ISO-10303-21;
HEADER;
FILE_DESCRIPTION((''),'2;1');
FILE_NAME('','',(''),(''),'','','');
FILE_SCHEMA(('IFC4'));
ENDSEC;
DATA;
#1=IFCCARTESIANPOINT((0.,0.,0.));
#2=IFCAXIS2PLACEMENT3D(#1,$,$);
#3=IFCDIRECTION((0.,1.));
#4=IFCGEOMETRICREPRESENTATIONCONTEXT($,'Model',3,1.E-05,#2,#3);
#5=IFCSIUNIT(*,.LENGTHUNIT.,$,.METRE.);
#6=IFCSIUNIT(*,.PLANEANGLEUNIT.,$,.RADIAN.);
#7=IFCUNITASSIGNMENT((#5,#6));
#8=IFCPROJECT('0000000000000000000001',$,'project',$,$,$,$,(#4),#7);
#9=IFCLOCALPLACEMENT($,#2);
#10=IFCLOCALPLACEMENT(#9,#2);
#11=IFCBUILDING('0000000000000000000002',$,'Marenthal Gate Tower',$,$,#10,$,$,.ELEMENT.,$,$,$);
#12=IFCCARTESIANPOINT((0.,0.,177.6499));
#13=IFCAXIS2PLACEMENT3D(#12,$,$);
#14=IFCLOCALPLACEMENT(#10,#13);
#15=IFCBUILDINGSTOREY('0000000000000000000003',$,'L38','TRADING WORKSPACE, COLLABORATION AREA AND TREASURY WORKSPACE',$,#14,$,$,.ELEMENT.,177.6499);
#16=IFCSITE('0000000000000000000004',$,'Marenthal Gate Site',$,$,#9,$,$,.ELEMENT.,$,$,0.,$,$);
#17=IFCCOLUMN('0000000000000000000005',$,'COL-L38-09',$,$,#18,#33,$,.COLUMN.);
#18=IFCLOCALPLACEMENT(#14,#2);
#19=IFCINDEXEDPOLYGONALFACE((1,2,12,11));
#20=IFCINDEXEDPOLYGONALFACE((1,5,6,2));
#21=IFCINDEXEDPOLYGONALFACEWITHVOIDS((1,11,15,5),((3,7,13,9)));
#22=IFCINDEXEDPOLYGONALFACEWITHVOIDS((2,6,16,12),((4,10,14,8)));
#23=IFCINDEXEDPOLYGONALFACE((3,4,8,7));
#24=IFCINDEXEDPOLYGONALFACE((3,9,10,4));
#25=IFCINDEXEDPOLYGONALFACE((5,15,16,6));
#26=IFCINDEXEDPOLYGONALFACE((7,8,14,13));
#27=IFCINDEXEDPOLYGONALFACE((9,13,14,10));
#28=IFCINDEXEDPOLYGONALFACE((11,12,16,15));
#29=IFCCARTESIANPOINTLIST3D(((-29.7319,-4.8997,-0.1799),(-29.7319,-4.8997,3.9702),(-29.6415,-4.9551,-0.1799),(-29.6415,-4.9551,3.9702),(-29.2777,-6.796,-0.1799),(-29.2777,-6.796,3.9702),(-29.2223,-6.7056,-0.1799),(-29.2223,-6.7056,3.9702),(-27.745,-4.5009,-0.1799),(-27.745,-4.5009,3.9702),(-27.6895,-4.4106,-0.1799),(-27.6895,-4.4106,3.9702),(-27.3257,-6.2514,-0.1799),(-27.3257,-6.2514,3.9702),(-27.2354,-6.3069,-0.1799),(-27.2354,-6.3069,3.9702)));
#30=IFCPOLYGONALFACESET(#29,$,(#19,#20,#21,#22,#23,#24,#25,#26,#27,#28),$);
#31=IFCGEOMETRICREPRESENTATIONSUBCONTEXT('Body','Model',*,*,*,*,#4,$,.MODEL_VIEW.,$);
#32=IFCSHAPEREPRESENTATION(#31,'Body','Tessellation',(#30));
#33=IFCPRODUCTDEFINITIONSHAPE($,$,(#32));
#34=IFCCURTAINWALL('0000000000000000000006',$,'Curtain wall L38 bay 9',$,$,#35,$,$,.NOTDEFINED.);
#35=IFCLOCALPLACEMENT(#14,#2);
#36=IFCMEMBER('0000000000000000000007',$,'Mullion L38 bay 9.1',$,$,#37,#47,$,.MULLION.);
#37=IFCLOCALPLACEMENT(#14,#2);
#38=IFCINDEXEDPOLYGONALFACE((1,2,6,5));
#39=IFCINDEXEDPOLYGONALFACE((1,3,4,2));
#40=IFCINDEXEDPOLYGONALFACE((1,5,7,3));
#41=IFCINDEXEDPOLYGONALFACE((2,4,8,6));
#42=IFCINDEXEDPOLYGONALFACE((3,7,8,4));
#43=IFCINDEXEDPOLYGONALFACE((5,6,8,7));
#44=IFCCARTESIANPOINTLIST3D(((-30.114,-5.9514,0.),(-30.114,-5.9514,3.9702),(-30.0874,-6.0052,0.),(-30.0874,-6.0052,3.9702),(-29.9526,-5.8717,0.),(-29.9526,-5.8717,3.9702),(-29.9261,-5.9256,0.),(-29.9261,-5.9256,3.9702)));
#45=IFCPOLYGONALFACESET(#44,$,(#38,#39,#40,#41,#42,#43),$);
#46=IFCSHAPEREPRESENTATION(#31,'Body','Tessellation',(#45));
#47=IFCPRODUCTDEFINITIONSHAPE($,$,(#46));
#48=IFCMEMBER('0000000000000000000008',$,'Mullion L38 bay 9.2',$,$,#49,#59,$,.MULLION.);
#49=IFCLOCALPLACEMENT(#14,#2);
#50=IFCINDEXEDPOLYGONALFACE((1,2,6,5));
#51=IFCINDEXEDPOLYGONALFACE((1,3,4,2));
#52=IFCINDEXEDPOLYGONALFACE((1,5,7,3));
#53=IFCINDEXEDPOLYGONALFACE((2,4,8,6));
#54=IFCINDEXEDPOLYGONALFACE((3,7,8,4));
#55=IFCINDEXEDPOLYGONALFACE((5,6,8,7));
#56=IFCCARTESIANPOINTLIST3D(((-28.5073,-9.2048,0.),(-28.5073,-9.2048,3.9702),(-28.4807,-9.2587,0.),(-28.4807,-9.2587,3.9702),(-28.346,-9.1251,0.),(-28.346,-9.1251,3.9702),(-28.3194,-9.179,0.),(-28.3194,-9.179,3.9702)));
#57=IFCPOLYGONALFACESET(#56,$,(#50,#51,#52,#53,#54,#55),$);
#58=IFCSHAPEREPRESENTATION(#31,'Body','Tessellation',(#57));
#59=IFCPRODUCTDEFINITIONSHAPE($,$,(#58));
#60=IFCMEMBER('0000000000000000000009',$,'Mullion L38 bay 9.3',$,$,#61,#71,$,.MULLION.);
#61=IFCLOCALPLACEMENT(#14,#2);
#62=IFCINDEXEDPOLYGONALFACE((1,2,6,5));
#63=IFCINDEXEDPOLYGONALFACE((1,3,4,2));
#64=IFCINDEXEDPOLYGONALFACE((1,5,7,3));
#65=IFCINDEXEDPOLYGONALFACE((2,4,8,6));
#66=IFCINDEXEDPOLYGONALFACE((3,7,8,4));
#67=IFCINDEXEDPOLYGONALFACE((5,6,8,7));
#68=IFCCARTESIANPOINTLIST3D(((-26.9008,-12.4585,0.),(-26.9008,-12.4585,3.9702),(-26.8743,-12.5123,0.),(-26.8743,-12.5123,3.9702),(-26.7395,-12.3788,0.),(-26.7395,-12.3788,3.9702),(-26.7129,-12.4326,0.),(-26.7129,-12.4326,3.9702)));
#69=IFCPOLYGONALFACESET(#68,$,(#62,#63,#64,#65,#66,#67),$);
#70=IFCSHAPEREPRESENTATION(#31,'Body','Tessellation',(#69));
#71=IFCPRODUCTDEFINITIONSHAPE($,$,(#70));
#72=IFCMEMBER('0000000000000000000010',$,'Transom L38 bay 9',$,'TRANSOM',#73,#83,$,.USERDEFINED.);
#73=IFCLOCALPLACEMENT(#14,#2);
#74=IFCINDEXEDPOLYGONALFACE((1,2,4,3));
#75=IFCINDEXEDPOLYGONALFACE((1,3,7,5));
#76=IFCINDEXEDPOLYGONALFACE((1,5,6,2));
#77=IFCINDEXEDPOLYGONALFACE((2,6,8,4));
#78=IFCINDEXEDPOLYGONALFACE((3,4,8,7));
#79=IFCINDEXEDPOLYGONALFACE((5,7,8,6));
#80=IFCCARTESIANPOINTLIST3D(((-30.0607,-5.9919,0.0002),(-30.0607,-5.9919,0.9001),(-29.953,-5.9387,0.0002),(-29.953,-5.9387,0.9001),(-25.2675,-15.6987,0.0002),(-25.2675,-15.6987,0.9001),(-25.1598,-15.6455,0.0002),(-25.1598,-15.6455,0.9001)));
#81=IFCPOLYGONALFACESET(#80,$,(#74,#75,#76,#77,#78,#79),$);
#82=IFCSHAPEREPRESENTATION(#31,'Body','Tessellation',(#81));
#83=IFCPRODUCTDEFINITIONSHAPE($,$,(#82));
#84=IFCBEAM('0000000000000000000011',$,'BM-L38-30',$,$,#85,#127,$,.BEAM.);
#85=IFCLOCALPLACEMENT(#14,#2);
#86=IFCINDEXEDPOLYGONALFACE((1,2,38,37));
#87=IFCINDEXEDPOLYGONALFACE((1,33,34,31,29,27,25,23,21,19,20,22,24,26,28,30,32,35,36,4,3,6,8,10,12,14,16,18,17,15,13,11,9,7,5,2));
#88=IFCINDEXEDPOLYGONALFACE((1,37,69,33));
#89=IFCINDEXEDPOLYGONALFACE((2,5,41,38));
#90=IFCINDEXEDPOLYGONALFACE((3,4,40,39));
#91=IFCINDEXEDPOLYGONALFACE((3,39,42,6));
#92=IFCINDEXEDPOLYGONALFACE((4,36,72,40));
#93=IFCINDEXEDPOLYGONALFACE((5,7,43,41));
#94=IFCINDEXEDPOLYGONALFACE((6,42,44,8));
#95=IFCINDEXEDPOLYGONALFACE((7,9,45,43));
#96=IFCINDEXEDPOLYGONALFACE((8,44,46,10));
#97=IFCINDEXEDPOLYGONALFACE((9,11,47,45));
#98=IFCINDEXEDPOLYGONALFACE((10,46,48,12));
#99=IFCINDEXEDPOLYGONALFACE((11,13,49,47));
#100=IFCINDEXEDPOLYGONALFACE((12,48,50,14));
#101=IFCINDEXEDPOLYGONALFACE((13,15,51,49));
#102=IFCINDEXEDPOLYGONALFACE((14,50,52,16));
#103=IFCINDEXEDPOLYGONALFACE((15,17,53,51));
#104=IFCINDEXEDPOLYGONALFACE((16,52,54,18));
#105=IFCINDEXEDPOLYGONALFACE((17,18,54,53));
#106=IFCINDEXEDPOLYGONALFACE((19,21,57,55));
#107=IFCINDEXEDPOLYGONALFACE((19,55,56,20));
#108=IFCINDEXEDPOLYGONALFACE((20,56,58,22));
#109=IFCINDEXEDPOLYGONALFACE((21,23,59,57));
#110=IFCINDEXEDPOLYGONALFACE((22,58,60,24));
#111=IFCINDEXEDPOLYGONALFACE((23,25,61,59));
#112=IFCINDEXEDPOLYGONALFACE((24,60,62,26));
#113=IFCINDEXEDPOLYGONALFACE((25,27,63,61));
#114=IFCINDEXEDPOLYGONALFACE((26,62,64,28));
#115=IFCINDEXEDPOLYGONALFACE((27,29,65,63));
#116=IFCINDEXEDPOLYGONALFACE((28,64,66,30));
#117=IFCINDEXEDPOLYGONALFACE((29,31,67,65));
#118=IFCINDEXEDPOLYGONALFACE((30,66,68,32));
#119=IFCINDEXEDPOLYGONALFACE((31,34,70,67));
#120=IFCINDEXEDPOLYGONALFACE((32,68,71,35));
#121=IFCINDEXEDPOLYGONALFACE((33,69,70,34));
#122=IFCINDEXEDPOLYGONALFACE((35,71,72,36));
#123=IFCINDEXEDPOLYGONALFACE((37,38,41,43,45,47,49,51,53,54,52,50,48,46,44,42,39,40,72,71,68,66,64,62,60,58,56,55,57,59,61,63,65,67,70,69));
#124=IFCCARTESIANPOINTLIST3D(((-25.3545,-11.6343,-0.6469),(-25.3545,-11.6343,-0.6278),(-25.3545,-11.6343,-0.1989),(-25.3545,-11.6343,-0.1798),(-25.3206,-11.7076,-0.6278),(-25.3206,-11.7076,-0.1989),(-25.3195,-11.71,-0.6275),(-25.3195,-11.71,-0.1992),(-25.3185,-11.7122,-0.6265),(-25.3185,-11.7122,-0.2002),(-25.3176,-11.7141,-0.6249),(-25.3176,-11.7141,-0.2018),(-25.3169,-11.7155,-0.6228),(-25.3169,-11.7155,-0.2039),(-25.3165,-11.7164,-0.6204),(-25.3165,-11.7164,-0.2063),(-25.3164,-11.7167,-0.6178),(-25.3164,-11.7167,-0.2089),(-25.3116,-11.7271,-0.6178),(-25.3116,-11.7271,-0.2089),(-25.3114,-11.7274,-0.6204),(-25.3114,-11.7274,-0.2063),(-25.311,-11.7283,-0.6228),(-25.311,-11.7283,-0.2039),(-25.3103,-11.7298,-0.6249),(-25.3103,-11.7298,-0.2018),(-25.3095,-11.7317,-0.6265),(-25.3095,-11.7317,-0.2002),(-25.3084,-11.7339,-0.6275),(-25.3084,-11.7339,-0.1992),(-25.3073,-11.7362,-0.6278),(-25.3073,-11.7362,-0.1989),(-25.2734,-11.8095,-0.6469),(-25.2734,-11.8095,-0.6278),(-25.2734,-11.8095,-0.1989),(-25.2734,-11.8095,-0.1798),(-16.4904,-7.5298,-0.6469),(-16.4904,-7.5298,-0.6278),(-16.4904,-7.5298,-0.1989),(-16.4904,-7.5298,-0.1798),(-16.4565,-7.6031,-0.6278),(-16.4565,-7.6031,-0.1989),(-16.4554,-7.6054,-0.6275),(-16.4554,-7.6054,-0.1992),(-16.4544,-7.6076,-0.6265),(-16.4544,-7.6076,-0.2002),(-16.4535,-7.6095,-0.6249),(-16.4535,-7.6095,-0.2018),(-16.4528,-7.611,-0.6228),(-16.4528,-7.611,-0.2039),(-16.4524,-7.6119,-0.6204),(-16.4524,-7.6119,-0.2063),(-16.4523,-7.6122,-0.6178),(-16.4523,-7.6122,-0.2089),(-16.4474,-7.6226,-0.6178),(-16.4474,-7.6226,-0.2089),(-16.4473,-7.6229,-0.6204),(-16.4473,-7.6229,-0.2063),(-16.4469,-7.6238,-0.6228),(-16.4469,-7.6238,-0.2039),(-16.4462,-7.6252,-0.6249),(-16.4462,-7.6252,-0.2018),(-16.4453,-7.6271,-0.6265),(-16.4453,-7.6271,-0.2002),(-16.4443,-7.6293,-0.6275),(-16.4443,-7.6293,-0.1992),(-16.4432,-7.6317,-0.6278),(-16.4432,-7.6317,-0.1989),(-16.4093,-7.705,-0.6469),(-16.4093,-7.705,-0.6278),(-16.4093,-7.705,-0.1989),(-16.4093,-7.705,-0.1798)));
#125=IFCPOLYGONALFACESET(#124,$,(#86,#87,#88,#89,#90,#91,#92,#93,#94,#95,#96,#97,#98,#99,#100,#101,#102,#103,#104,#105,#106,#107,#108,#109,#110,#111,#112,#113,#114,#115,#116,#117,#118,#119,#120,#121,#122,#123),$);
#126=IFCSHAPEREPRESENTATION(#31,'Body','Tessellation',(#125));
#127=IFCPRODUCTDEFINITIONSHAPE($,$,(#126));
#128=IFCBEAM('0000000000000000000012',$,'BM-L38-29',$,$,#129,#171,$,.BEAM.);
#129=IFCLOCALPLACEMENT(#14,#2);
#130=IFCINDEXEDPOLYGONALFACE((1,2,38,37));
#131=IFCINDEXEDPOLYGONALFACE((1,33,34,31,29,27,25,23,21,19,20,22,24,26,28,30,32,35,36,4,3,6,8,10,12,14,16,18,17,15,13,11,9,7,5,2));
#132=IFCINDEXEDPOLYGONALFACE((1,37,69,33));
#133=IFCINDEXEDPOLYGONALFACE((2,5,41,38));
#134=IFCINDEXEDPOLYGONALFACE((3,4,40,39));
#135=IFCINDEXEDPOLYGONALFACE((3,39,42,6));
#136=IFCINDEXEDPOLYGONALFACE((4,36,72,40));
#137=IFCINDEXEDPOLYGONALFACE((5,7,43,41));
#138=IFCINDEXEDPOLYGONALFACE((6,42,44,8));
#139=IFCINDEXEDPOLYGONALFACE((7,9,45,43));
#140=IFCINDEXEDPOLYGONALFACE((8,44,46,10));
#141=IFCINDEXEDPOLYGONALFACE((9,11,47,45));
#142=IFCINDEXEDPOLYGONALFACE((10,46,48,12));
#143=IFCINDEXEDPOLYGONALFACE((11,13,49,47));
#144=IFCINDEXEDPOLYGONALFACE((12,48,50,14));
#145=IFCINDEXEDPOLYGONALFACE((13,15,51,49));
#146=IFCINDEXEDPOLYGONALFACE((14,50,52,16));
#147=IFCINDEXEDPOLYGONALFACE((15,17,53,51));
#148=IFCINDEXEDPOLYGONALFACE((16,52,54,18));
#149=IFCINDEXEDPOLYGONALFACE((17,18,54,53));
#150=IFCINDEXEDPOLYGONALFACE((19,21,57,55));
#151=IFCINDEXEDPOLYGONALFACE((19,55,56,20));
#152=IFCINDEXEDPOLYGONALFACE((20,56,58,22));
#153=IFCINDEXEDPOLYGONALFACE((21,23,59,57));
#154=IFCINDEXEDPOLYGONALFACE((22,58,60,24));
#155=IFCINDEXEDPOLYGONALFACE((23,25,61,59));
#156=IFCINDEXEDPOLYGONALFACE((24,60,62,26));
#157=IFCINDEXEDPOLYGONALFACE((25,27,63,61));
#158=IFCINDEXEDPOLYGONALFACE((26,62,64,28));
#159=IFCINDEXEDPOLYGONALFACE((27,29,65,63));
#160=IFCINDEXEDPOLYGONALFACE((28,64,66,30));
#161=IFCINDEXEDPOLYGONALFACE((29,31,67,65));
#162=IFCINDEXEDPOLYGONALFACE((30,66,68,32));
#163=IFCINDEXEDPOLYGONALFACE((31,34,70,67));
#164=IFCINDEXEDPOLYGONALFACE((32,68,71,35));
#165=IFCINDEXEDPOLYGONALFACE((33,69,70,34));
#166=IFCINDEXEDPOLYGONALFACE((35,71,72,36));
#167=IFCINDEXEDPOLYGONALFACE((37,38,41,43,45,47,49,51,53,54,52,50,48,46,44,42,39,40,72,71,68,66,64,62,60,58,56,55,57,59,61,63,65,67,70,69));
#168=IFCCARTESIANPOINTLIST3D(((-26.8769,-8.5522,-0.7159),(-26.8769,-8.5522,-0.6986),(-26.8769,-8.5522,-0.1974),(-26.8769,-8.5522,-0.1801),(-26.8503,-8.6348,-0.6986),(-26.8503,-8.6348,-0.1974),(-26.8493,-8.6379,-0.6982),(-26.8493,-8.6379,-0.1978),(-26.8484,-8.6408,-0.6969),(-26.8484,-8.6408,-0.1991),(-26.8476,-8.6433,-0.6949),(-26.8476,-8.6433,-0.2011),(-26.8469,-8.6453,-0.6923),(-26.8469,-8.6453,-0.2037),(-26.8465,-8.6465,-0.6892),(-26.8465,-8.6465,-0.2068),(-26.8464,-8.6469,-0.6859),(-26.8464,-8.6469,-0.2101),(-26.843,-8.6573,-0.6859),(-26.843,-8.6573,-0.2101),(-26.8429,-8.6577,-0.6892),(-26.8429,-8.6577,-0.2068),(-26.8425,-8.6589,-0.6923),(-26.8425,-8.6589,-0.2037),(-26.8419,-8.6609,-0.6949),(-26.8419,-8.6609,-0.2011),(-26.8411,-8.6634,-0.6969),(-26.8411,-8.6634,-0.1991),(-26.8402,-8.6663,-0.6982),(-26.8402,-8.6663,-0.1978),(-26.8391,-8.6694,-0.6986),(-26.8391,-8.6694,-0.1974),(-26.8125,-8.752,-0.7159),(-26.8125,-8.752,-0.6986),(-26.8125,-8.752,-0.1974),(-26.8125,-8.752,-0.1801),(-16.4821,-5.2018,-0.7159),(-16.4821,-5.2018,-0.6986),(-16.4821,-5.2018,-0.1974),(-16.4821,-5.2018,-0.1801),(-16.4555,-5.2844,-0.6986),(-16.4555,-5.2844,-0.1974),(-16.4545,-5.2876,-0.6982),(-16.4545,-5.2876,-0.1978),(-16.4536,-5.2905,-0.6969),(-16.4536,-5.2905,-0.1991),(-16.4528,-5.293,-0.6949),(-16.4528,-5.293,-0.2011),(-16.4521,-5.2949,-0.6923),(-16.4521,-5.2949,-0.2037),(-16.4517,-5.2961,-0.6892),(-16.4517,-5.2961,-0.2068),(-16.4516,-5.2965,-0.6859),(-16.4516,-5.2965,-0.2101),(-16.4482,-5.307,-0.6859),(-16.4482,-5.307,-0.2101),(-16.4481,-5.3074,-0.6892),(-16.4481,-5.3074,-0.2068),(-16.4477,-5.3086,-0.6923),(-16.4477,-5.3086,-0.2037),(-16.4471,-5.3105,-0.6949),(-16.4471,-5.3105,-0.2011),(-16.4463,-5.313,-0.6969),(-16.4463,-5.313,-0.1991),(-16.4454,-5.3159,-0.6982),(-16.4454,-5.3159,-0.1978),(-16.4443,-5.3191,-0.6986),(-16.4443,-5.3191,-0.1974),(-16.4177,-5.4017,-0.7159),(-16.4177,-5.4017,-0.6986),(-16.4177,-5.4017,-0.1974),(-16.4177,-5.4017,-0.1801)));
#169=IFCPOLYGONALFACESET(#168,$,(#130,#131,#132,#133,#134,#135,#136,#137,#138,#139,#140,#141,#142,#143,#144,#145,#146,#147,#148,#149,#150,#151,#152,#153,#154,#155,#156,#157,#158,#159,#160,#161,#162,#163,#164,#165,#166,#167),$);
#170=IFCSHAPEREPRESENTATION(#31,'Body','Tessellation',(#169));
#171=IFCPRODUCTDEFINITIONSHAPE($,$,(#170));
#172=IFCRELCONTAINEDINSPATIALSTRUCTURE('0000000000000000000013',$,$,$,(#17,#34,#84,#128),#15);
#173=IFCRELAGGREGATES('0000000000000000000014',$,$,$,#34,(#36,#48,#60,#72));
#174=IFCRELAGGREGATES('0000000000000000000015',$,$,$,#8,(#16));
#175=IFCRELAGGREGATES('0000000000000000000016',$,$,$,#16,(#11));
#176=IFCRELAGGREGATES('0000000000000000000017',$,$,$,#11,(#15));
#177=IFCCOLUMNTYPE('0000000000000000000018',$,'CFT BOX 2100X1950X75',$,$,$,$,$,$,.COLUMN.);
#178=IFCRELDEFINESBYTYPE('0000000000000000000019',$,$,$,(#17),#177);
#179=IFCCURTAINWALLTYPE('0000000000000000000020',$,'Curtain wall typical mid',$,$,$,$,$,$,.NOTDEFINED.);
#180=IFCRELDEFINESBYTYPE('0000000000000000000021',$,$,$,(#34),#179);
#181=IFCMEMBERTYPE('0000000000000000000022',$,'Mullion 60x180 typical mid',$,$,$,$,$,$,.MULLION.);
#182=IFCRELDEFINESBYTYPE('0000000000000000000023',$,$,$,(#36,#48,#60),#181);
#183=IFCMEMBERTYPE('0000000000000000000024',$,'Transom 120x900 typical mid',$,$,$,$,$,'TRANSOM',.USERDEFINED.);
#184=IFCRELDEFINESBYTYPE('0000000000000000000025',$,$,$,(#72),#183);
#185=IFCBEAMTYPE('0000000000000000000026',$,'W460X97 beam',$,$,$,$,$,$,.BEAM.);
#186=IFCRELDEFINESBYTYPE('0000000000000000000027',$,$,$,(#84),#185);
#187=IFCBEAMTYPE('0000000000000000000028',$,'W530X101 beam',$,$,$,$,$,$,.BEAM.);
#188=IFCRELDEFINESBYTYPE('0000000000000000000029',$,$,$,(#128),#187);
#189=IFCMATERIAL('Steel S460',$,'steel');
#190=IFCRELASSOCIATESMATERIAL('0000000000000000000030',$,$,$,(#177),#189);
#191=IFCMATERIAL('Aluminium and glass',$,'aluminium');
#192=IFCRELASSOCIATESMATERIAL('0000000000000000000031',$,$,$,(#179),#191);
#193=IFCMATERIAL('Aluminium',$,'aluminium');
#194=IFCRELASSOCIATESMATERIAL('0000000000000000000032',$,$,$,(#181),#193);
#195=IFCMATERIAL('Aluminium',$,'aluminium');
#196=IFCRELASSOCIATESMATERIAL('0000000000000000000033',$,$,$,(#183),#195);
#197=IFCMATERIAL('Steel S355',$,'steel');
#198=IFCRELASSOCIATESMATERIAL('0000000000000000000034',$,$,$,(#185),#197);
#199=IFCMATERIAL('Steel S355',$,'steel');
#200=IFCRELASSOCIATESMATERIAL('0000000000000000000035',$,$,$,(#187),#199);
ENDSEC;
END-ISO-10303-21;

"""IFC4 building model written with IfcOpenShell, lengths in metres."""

from ifc_helpers import new_model, si_unit, direction, frame, origin, origin_2d, place, context, subcontext, project, spatial, rectangle, hollow_rectangle, i_section, extrude, material, material_profile, profile_set, type_object, element, aggregate, save


model = new_model("IFC4")

# Units and contexts
model_context = context("Model", 3, precision=1e-05, world=origin(), true_north=direction((0.0, 1.0)))
body_context = subcontext(model_context, "Body", "Model", "MODEL_VIEW")
ifc_project = project(units=[si_unit("LENGTHUNIT", "METRE"), si_unit("PLANEANGLEUNIT", "RADIAN")], contexts=[model_context])

# Site, building, storey
site_placement = place(None, origin())
site = spatial("IfcSite", under=ifc_project, at=site_placement, Name="Marenthal Gate Site", CompositionType="ELEMENT", RefElevation=0.0)
building_placement = place(site_placement, origin())
building = spatial("IfcBuilding", under=site, at=building_placement, Name="Marenthal Gate Tower", CompositionType="ELEMENT")
storey_placement = place(building_placement, frame((0.0, 0.0, 177.6499)))
storey = spatial("IfcBuildingStorey", under=building, at=storey_placement, Name="L38", Description="TRADING WORKSPACE, COLLABORATION AREA AND TREASURY WORKSPACE", CompositionType="ELEMENT", Elevation=177.6499)

# Column
ifc_material_1 = material(Name="Steel S460", Category="steel")
ifc_material_profile_1 = material_profile(ifc_material_1, hollow_rectangle(XDim=1.95, YDim=2.1001, WallThickness=0.075, at=origin_2d()), Name="CFT BOX 2100X1950X75")
ifc_material_2 = material(Name="Concrete 70 MPa", Category="concrete")
ifc_material_profile_2 = material_profile(ifc_material_2, rectangle(XDim=1.8, YDim=1.95, at=origin_2d()), Name="CFT BOX 2100X1950X75 INFILL")
ifc_profile_set_1 = profile_set([ifc_material_profile_1, ifc_material_profile_2], Name="Steel S460 shell, Concrete 70 MPa infill")
column_type = type_object("IfcColumnType", Name="CFT BOX 2100X1950X75", PredefinedType="COLUMN", material=ifc_profile_set_1)
column_placement = place(storey_placement, frame((-28.4836, -5.6033, -0.1799), z_axis=(0.0, 0.0, 1.0), x_axis=(-0.232899, 0.972501, 0.0)))
element("IfcColumn", 1, at=column_placement, inside=storey, type_object=column_type, Name="COL-L38-09", PredefinedType="COLUMN", context=body_context, shape_type="SweptSolid", body=[
    extrude(hollow_rectangle(XDim=1.95, YDim=2.1001, WallThickness=0.075, at=origin_2d()), origin(), (0.0, 0.0, 1.0), 4.1501),
])

# Curtain wall, members
ifc_material_3 = material(Name="Aluminium and glass", Category="aluminium")
curtain_wall_type = type_object("IfcCurtainWallType", Name="Curtain wall typical mid", PredefinedType="NOTDEFINED", material=ifc_material_3)
curtain_wall_placement = place(storey_placement, origin())
curtain_wall = element("IfcCurtainWall", 2, at=curtain_wall_placement, inside=storey, type_object=curtain_wall_type, Name="Curtain wall L38 bay 9", PredefinedType="NOTDEFINED")
ifc_material_4 = material(Name="Aluminium", Category="aluminium")
ifc_material_profile_3 = material_profile(ifc_material_4, rectangle(XDim=0.1799, YDim=0.0601, at=origin_2d()), Name="60x180 aluminium mullion")
ifc_profile_set_2 = profile_set([ifc_material_profile_3], Name="Aluminium")
member_type_1 = type_object("IfcMemberType", Name="Mullion 60x180 typical mid", PredefinedType="MULLION", material=ifc_profile_set_2)
member_1_placement = place(storey_placement, frame((-30.02, -5.9385, 0.0), z_axis=(0.0, 0.0, 1.0), x_axis=(0.896643, 0.442753, 0.0)))
member_1 = element("IfcMember", 3, at=member_1_placement, type_object=member_type_1, Name="Mullion L38 bay 9.1", PredefinedType="MULLION", context=body_context, shape_type="SweptSolid", body=[
    extrude(rectangle(XDim=0.1799, YDim=0.0601, at=origin_2d()), origin(), (0.0, 0.0, 1.0), 3.9702),
])
member_2_placement = place(storey_placement, frame((-28.4133, -9.1919, 0.0), z_axis=(0.0, 0.0, 1.0), x_axis=(0.896643, 0.442753, 0.0)))
member_2 = element("IfcMember", 4, at=member_2_placement, type_object=member_type_1, Name="Mullion L38 bay 9.2", PredefinedType="MULLION", context=body_context, shape_type="SweptSolid", body=[
    extrude(rectangle(XDim=0.1799, YDim=0.0601, at=origin_2d()), origin(), (0.0, 0.0, 1.0), 3.9702),
])
member_3_placement = place(storey_placement, frame((-26.8069, -12.4456, 0.0), z_axis=(0.0, 0.0, 1.0), x_axis=(0.896643, 0.442753, 0.0)))
member_3 = element("IfcMember", 5, at=member_3_placement, type_object=member_type_1, Name="Mullion L38 bay 9.3", PredefinedType="MULLION", context=body_context, shape_type="SweptSolid", body=[
    extrude(rectangle(XDim=0.1799, YDim=0.0601, at=origin_2d()), origin(), (0.0, 0.0, 1.0), 3.9702),
])
ifc_material_5 = material(Name="Aluminium", Category="aluminium")
ifc_material_profile_4 = material_profile(ifc_material_5, rectangle(XDim=0.1201, YDim=0.8999, at=origin_2d()), Name="120x900 aluminium transom")
ifc_profile_set_3 = profile_set([ifc_material_profile_4], Name="Aluminium")
member_type_2 = type_object("IfcMemberType", Name="Transom 120x900 typical mid", ElementType="TRANSOM", PredefinedType="USERDEFINED", material=ifc_profile_set_3)
member_4_placement = place(storey_placement, frame((-30.0068, -5.9653, 0.4502), z_axis=(0.442761, -0.89664, 0.0), x_axis=(0.89664, 0.442761, 0.0)))
member_4 = element("IfcMember", 6, at=member_4_placement, type_object=member_type_2, Name="Transom L38 bay 9", ObjectType="TRANSOM", PredefinedType="USERDEFINED", context=body_context, shape_type="SweptSolid", body=[
    extrude(rectangle(XDim=0.1201, YDim=0.8999, at=origin_2d()), origin(), (0.0, 0.0, 1.0), 10.8257),
])

# Beams
ifc_material_6 = material(Name="Steel S355", Category="steel")
ifc_material_profile_5 = material_profile(ifc_material_6, i_section(OverallWidth=0.1931, OverallDepth=0.467, WebThickness=0.0115, FlangeThickness=0.019, FilletRadius=0.01, at=origin_2d()), Name="W460X97")
ifc_profile_set_4 = profile_set([ifc_material_profile_5], Name="Steel S355")
beam_type_1 = type_object("IfcBeamType", Name="W460X97 beam", PredefinedType="BEAM", material=ifc_profile_set_4)
beam_1_placement = place(storey_placement, frame((-25.314, -11.7219, -0.4133), z_axis=(0.907436, 0.42019, 0.0), x_axis=(-0.42019, 0.907436, 0.0)))
element("IfcBeam", 7, at=beam_1_placement, inside=storey, type_object=beam_type_1, Name="BM-L38-30", PredefinedType="BEAM", context=body_context, shape_type="SweptSolid", body=[
    extrude(i_section(OverallWidth=0.1931, OverallDepth=0.467, WebThickness=0.0115, FlangeThickness=0.019, FilletRadius=0.01, at=origin_2d()), origin(), (0.0, 0.0, 1.0), 9.7683),
])
ifc_material_7 = material(Name="Steel S355", Category="steel")
ifc_material_profile_6 = material_profile(ifc_material_7, i_section(OverallWidth=0.21, OverallDepth=0.5359, WebThickness=0.011, FlangeThickness=0.0173, FilletRadius=0.0127, at=origin_2d()), Name="W530X101")
ifc_profile_set_5 = profile_set([ifc_material_profile_6], Name="Steel S355")
beam_type_2 = type_object("IfcBeamType", Name="W530X101 beam", PredefinedType="BEAM", material=ifc_profile_set_5)
beam_2_placement = place(storey_placement, frame((-26.8447, -8.6521, -0.448), z_axis=(0.951784, 0.30677, 0.0), x_axis=(-0.30677, 0.951784, 0.0)))
element("IfcBeam", 8, at=beam_2_placement, inside=storey, type_object=beam_type_2, Name="BM-L38-29", PredefinedType="BEAM", context=body_context, shape_type="SweptSolid", body=[
    extrude(i_section(OverallWidth=0.21, OverallDepth=0.5359, WebThickness=0.011, FlangeThickness=0.0173, FilletRadius=0.0127, at=origin_2d()), origin(), (0.0, 0.0, 1.0), 10.9214),
])

aggregate(curtain_wall, [member_1, member_2, member_3, member_4])

save(model, "model.ifc")
